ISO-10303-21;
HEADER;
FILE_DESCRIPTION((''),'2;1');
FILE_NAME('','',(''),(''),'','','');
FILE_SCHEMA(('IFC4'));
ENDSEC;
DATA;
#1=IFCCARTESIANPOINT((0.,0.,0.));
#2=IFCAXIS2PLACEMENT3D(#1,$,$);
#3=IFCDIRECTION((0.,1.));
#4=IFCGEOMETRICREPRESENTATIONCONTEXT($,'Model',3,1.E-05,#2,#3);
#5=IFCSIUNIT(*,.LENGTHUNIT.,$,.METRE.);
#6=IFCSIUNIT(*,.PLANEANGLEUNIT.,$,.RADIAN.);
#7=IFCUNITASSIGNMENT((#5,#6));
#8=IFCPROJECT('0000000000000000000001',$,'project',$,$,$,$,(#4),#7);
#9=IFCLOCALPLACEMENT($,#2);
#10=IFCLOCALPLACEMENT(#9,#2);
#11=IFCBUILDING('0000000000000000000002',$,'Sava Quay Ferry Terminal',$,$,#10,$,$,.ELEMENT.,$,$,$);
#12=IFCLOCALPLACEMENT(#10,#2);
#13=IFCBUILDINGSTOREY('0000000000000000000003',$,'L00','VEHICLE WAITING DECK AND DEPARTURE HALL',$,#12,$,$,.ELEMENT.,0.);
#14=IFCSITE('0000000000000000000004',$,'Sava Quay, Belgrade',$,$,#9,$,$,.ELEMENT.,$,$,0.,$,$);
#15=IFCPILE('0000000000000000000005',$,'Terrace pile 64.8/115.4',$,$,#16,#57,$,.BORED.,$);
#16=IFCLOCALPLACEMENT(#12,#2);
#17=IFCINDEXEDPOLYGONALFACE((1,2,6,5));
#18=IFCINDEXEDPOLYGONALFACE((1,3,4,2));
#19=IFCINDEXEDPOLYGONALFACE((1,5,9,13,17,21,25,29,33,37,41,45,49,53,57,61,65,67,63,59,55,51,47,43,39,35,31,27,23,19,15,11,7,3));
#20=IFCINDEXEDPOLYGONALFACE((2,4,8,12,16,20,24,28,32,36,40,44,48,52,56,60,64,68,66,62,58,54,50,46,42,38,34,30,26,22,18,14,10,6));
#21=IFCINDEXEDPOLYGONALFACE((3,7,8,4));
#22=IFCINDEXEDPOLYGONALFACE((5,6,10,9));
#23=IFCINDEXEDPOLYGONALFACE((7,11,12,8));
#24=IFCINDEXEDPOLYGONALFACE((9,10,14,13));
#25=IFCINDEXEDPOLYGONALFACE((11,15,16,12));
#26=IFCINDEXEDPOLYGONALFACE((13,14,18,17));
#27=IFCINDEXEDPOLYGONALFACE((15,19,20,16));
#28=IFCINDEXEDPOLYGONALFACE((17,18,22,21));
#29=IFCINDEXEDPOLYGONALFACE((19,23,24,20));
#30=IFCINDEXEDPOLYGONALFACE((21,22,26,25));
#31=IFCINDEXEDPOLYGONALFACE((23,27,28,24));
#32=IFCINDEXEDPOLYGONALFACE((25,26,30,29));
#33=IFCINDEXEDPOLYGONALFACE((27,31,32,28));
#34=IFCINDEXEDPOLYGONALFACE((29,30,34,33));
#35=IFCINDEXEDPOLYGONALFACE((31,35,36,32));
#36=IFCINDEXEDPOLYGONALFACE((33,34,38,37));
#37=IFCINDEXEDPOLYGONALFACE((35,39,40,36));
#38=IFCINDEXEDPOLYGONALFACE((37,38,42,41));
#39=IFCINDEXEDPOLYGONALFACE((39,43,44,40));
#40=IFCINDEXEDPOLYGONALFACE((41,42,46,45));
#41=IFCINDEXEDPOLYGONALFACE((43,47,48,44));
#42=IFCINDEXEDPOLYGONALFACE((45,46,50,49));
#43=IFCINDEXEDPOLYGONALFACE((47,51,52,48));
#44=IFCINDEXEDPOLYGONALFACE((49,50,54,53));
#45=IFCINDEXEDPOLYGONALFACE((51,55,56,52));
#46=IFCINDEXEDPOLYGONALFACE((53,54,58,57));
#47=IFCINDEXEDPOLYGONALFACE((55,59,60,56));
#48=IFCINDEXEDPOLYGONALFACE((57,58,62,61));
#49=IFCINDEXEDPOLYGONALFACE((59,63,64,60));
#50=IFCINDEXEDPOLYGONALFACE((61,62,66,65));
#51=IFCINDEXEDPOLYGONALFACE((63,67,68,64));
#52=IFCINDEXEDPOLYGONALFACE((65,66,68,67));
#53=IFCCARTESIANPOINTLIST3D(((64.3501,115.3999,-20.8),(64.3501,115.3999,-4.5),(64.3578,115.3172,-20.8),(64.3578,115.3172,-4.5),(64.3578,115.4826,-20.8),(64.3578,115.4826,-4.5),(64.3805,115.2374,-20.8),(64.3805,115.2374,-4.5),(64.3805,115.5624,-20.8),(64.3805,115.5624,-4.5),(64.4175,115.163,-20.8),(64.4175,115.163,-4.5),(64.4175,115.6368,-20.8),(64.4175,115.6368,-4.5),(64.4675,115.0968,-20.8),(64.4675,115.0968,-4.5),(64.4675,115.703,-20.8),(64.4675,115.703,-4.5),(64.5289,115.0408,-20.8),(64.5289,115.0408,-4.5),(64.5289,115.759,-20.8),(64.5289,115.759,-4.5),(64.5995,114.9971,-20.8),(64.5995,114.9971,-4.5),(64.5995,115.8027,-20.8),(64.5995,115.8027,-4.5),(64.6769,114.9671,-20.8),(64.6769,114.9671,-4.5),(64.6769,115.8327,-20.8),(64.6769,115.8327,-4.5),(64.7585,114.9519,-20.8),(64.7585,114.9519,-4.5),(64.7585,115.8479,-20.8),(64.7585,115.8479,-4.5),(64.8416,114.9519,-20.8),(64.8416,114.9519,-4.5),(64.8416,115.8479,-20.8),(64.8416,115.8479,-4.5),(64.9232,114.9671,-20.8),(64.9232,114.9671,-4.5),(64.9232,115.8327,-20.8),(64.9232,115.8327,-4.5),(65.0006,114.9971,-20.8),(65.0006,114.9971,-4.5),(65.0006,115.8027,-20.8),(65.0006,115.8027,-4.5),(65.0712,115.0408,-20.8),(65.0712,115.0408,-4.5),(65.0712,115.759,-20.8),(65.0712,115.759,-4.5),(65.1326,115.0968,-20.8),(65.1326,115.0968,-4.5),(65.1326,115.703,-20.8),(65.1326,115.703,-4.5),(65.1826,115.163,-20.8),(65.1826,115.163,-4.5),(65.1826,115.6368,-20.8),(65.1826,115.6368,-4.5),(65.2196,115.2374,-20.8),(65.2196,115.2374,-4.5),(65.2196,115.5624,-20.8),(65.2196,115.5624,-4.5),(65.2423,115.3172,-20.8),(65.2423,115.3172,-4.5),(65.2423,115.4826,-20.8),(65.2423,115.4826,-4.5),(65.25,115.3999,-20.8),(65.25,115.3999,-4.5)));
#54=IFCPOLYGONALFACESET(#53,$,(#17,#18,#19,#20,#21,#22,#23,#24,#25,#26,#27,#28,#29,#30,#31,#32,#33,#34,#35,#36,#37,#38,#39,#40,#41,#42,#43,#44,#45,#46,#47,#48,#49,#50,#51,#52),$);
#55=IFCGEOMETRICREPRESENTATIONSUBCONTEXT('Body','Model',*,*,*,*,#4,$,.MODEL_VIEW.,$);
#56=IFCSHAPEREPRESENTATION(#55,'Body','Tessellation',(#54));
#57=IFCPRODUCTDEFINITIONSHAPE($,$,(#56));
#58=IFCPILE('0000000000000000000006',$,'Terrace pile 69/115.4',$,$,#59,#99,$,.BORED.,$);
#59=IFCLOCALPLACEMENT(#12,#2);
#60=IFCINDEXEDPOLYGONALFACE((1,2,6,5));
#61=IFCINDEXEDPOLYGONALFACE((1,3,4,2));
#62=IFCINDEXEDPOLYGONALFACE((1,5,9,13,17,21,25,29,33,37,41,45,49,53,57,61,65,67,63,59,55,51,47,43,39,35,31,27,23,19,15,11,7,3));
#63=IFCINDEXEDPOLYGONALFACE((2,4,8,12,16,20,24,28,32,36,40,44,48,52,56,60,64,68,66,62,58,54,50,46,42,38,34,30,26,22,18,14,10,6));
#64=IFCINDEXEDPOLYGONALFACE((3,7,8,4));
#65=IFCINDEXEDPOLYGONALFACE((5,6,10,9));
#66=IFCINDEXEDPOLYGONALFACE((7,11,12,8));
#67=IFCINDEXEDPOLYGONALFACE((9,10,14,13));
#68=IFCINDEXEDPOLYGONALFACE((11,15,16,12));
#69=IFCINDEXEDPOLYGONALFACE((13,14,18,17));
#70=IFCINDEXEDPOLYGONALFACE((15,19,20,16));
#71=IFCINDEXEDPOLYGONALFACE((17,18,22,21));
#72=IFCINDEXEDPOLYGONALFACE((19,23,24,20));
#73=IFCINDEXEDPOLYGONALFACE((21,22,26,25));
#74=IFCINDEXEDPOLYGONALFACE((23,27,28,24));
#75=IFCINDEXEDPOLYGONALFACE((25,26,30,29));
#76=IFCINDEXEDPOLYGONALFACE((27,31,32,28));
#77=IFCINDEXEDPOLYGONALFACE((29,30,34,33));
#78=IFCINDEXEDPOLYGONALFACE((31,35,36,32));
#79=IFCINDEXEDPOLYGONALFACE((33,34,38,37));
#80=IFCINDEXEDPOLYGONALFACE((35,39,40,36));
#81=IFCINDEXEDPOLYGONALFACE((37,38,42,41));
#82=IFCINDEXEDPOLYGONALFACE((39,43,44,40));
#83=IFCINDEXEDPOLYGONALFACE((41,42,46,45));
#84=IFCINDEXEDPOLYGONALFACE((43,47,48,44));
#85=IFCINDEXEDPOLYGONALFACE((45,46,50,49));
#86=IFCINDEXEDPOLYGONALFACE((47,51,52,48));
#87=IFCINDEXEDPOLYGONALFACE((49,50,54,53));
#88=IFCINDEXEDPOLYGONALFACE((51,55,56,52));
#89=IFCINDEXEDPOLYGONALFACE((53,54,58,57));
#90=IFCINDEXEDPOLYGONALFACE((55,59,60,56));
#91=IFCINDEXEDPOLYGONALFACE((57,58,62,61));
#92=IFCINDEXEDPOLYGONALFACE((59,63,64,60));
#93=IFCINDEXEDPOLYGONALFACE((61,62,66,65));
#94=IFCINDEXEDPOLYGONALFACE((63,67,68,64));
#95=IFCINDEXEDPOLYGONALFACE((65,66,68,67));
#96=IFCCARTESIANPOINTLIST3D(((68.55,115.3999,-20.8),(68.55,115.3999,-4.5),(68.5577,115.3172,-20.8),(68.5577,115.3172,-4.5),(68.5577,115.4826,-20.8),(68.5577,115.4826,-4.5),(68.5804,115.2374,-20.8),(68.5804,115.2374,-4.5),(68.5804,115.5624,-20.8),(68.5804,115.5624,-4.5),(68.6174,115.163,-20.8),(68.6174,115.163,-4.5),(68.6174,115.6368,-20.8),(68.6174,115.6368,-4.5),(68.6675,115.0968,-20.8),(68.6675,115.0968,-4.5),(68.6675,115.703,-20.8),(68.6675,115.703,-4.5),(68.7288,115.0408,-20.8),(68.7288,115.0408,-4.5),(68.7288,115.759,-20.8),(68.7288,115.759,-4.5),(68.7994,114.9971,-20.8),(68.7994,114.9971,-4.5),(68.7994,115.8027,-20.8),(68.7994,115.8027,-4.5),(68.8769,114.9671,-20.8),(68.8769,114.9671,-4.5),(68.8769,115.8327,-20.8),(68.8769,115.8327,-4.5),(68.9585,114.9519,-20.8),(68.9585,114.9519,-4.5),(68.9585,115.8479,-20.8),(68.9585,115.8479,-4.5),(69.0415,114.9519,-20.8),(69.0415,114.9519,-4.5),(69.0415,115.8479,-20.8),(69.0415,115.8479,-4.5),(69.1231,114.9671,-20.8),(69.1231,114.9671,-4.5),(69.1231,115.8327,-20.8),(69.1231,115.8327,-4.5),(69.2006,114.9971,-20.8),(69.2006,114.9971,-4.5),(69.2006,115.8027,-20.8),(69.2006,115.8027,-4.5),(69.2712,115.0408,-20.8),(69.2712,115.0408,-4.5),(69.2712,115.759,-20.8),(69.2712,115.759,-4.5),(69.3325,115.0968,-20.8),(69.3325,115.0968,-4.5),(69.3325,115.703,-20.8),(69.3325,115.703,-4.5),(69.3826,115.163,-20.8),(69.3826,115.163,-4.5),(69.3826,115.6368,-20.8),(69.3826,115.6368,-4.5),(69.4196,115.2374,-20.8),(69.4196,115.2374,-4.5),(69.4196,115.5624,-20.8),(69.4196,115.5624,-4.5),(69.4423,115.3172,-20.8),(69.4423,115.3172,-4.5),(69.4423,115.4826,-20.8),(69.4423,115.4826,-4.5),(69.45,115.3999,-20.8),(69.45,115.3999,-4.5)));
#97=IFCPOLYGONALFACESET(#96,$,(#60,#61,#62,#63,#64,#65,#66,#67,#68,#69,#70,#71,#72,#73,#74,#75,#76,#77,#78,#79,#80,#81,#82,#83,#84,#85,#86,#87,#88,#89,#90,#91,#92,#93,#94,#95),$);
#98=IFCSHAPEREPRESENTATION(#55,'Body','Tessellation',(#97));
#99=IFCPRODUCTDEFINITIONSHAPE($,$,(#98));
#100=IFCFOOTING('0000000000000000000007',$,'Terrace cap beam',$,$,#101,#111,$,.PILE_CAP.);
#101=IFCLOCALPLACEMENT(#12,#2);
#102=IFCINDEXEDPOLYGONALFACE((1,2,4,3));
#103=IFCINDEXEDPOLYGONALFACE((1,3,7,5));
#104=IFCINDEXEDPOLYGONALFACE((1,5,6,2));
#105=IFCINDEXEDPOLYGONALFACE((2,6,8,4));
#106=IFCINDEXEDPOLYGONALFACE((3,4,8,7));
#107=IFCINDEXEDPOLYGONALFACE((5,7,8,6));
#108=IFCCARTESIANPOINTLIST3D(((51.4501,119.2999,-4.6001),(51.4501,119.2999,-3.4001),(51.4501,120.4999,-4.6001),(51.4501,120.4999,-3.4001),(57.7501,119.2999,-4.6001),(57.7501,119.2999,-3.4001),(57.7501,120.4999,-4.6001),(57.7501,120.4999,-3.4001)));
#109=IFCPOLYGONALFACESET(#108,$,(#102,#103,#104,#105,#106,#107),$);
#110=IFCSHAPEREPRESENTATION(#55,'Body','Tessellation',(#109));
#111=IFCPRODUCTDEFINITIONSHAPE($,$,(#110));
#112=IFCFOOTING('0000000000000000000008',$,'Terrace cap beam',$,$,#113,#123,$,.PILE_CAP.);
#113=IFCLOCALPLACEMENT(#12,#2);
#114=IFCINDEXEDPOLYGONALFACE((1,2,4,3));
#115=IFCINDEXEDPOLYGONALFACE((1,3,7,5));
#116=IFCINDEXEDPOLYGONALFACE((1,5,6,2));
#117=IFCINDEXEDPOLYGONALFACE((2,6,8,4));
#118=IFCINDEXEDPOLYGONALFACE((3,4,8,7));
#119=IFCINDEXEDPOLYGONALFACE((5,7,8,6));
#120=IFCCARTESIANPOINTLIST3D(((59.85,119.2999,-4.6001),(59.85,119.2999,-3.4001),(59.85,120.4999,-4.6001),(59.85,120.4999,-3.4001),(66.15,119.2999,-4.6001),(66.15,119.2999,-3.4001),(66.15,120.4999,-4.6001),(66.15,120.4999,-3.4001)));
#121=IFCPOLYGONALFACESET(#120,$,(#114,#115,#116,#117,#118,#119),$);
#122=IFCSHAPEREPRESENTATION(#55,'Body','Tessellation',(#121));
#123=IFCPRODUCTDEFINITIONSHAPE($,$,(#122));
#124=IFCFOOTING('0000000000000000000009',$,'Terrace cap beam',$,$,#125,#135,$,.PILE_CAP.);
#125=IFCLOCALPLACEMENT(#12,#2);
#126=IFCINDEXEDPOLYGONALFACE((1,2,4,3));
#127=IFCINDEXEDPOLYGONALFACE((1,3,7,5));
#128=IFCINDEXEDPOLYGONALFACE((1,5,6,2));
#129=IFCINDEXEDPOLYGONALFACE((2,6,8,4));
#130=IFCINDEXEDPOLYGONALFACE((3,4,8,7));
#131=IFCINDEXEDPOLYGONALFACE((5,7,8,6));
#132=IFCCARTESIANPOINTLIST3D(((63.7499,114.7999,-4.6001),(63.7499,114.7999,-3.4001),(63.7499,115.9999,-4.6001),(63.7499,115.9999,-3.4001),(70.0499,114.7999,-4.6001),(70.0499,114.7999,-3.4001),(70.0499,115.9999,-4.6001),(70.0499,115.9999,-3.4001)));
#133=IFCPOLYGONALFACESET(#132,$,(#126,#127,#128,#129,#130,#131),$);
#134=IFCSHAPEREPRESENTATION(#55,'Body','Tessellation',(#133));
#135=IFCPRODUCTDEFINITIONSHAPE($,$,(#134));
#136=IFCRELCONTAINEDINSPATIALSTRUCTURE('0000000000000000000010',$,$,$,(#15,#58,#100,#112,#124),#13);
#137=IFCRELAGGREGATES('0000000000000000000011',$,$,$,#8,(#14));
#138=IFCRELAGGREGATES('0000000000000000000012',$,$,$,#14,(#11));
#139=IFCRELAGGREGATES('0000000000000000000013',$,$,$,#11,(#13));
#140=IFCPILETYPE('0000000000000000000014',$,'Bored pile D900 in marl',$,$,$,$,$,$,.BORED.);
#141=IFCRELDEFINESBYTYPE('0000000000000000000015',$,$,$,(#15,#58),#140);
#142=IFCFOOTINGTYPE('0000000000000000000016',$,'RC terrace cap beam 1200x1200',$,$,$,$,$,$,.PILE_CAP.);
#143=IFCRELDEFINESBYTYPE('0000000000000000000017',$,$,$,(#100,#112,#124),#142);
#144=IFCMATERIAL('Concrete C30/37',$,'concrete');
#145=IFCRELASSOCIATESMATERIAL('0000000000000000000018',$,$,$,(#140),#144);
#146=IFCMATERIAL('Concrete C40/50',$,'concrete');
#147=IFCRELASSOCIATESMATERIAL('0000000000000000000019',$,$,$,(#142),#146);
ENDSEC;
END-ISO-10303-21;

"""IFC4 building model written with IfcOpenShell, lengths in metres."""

from ifc_helpers import new_model, si_unit, direction, frame, origin, origin_2d, place, context, subcontext, project, spatial, rectangle, circle, extrude, material, material_profile, profile_set, type_object, element, save


model = new_model("IFC4")

# Units and contexts
model_context = context("Model", 3, precision=1e-05, world=origin(), true_north=direction((0.0, 1.0)))
body_context = subcontext(model_context, "Body", "Model", "MODEL_VIEW")
ifc_project = project(units=[si_unit("LENGTHUNIT", "METRE"), si_unit("PLANEANGLEUNIT", "RADIAN")], contexts=[model_context])

# Site, building, storey
site_placement = place(None, origin())
site = spatial("IfcSite", under=ifc_project, at=site_placement, Name="Sava Quay, Belgrade", CompositionType="ELEMENT", RefElevation=0.0)
building_placement = place(site_placement, origin())
building = spatial("IfcBuilding", under=site, at=building_placement, Name="Sava Quay Ferry Terminal", CompositionType="ELEMENT")
storey_placement = place(building_placement, origin())
storey = spatial("IfcBuildingStorey", under=building, at=storey_placement, Name="L00", Description="VEHICLE WAITING DECK AND DEPARTURE HALL", CompositionType="ELEMENT", Elevation=0.0)

# Piles
ifc_material_1 = material(Name="Concrete C30/37", Category="concrete")
ifc_material_profile_1 = material_profile(ifc_material_1, circle(Radius=0.45, at=origin_2d()), Name="Bored pile D900 in marl")
ifc_profile_set_1 = profile_set([ifc_material_profile_1], Name="Concrete C30/37")
pile_type_1 = type_object("IfcPileType", Name="Bored pile D900 in marl", PredefinedType="BORED", material=ifc_profile_set_1)
for number, where, z_axis, x_axis, name in (
    (1, (64.8, 115.3999, -4.5), (0.0, 0.0, -1.0), (1.0, 0.0, 0.0), "Terrace pile 64.8/115.4"),
    (2, (69.0, 115.3999, -4.5), (0.0, 0.0, -1.0), (1.0, 0.0, 0.0), "Terrace pile 69/115.4"),
):
    element("IfcPile", number, at=place(storey_placement, frame(where, z_axis=z_axis, x_axis=x_axis)), inside=storey, type_object=pile_type_1, Name=name, PredefinedType="BORED", context=body_context, shape_type="SweptSolid", body=[
        extrude(circle(Radius=0.45, at=origin_2d()), origin(), (0.0, 0.0, 1.0), 16.3),
    ])

# Footings
ifc_material_2 = material(Name="Concrete C40/50", Category="concrete")
footing_type = type_object("IfcFootingType", Name="RC terrace cap beam 1200x1200", PredefinedType="PILE_CAP", material=ifc_material_2)
for number, where, z_axis, x_axis, name in (
    (3, (54.6001, 119.8999, -4.6001), (0.0, 0.0, 1.0), (1.0, 0.0, 0.0), "Terrace cap beam"),
    (4, (63.0, 119.8999, -4.6001), (0.0, 0.0, 1.0), (1.0, 0.0, 0.0), "Terrace cap beam"),
    (5, (66.8999, 115.3999, -4.6001), (0.0, 0.0, 1.0), (1.0, 0.0, 0.0), "Terrace cap beam"),
):
    element("IfcFooting", number, at=place(storey_placement, frame(where, z_axis=z_axis, x_axis=x_axis)), inside=storey, type_object=footing_type, Name=name, PredefinedType="PILE_CAP", context=body_context, shape_type="SweptSolid", body=[
        extrude(rectangle(XDim=6.3, YDim=1.2, at=origin_2d()), origin(), (0.0, 0.0, 1.0), 1.2),
    ])

save(model, "model.ifc")
